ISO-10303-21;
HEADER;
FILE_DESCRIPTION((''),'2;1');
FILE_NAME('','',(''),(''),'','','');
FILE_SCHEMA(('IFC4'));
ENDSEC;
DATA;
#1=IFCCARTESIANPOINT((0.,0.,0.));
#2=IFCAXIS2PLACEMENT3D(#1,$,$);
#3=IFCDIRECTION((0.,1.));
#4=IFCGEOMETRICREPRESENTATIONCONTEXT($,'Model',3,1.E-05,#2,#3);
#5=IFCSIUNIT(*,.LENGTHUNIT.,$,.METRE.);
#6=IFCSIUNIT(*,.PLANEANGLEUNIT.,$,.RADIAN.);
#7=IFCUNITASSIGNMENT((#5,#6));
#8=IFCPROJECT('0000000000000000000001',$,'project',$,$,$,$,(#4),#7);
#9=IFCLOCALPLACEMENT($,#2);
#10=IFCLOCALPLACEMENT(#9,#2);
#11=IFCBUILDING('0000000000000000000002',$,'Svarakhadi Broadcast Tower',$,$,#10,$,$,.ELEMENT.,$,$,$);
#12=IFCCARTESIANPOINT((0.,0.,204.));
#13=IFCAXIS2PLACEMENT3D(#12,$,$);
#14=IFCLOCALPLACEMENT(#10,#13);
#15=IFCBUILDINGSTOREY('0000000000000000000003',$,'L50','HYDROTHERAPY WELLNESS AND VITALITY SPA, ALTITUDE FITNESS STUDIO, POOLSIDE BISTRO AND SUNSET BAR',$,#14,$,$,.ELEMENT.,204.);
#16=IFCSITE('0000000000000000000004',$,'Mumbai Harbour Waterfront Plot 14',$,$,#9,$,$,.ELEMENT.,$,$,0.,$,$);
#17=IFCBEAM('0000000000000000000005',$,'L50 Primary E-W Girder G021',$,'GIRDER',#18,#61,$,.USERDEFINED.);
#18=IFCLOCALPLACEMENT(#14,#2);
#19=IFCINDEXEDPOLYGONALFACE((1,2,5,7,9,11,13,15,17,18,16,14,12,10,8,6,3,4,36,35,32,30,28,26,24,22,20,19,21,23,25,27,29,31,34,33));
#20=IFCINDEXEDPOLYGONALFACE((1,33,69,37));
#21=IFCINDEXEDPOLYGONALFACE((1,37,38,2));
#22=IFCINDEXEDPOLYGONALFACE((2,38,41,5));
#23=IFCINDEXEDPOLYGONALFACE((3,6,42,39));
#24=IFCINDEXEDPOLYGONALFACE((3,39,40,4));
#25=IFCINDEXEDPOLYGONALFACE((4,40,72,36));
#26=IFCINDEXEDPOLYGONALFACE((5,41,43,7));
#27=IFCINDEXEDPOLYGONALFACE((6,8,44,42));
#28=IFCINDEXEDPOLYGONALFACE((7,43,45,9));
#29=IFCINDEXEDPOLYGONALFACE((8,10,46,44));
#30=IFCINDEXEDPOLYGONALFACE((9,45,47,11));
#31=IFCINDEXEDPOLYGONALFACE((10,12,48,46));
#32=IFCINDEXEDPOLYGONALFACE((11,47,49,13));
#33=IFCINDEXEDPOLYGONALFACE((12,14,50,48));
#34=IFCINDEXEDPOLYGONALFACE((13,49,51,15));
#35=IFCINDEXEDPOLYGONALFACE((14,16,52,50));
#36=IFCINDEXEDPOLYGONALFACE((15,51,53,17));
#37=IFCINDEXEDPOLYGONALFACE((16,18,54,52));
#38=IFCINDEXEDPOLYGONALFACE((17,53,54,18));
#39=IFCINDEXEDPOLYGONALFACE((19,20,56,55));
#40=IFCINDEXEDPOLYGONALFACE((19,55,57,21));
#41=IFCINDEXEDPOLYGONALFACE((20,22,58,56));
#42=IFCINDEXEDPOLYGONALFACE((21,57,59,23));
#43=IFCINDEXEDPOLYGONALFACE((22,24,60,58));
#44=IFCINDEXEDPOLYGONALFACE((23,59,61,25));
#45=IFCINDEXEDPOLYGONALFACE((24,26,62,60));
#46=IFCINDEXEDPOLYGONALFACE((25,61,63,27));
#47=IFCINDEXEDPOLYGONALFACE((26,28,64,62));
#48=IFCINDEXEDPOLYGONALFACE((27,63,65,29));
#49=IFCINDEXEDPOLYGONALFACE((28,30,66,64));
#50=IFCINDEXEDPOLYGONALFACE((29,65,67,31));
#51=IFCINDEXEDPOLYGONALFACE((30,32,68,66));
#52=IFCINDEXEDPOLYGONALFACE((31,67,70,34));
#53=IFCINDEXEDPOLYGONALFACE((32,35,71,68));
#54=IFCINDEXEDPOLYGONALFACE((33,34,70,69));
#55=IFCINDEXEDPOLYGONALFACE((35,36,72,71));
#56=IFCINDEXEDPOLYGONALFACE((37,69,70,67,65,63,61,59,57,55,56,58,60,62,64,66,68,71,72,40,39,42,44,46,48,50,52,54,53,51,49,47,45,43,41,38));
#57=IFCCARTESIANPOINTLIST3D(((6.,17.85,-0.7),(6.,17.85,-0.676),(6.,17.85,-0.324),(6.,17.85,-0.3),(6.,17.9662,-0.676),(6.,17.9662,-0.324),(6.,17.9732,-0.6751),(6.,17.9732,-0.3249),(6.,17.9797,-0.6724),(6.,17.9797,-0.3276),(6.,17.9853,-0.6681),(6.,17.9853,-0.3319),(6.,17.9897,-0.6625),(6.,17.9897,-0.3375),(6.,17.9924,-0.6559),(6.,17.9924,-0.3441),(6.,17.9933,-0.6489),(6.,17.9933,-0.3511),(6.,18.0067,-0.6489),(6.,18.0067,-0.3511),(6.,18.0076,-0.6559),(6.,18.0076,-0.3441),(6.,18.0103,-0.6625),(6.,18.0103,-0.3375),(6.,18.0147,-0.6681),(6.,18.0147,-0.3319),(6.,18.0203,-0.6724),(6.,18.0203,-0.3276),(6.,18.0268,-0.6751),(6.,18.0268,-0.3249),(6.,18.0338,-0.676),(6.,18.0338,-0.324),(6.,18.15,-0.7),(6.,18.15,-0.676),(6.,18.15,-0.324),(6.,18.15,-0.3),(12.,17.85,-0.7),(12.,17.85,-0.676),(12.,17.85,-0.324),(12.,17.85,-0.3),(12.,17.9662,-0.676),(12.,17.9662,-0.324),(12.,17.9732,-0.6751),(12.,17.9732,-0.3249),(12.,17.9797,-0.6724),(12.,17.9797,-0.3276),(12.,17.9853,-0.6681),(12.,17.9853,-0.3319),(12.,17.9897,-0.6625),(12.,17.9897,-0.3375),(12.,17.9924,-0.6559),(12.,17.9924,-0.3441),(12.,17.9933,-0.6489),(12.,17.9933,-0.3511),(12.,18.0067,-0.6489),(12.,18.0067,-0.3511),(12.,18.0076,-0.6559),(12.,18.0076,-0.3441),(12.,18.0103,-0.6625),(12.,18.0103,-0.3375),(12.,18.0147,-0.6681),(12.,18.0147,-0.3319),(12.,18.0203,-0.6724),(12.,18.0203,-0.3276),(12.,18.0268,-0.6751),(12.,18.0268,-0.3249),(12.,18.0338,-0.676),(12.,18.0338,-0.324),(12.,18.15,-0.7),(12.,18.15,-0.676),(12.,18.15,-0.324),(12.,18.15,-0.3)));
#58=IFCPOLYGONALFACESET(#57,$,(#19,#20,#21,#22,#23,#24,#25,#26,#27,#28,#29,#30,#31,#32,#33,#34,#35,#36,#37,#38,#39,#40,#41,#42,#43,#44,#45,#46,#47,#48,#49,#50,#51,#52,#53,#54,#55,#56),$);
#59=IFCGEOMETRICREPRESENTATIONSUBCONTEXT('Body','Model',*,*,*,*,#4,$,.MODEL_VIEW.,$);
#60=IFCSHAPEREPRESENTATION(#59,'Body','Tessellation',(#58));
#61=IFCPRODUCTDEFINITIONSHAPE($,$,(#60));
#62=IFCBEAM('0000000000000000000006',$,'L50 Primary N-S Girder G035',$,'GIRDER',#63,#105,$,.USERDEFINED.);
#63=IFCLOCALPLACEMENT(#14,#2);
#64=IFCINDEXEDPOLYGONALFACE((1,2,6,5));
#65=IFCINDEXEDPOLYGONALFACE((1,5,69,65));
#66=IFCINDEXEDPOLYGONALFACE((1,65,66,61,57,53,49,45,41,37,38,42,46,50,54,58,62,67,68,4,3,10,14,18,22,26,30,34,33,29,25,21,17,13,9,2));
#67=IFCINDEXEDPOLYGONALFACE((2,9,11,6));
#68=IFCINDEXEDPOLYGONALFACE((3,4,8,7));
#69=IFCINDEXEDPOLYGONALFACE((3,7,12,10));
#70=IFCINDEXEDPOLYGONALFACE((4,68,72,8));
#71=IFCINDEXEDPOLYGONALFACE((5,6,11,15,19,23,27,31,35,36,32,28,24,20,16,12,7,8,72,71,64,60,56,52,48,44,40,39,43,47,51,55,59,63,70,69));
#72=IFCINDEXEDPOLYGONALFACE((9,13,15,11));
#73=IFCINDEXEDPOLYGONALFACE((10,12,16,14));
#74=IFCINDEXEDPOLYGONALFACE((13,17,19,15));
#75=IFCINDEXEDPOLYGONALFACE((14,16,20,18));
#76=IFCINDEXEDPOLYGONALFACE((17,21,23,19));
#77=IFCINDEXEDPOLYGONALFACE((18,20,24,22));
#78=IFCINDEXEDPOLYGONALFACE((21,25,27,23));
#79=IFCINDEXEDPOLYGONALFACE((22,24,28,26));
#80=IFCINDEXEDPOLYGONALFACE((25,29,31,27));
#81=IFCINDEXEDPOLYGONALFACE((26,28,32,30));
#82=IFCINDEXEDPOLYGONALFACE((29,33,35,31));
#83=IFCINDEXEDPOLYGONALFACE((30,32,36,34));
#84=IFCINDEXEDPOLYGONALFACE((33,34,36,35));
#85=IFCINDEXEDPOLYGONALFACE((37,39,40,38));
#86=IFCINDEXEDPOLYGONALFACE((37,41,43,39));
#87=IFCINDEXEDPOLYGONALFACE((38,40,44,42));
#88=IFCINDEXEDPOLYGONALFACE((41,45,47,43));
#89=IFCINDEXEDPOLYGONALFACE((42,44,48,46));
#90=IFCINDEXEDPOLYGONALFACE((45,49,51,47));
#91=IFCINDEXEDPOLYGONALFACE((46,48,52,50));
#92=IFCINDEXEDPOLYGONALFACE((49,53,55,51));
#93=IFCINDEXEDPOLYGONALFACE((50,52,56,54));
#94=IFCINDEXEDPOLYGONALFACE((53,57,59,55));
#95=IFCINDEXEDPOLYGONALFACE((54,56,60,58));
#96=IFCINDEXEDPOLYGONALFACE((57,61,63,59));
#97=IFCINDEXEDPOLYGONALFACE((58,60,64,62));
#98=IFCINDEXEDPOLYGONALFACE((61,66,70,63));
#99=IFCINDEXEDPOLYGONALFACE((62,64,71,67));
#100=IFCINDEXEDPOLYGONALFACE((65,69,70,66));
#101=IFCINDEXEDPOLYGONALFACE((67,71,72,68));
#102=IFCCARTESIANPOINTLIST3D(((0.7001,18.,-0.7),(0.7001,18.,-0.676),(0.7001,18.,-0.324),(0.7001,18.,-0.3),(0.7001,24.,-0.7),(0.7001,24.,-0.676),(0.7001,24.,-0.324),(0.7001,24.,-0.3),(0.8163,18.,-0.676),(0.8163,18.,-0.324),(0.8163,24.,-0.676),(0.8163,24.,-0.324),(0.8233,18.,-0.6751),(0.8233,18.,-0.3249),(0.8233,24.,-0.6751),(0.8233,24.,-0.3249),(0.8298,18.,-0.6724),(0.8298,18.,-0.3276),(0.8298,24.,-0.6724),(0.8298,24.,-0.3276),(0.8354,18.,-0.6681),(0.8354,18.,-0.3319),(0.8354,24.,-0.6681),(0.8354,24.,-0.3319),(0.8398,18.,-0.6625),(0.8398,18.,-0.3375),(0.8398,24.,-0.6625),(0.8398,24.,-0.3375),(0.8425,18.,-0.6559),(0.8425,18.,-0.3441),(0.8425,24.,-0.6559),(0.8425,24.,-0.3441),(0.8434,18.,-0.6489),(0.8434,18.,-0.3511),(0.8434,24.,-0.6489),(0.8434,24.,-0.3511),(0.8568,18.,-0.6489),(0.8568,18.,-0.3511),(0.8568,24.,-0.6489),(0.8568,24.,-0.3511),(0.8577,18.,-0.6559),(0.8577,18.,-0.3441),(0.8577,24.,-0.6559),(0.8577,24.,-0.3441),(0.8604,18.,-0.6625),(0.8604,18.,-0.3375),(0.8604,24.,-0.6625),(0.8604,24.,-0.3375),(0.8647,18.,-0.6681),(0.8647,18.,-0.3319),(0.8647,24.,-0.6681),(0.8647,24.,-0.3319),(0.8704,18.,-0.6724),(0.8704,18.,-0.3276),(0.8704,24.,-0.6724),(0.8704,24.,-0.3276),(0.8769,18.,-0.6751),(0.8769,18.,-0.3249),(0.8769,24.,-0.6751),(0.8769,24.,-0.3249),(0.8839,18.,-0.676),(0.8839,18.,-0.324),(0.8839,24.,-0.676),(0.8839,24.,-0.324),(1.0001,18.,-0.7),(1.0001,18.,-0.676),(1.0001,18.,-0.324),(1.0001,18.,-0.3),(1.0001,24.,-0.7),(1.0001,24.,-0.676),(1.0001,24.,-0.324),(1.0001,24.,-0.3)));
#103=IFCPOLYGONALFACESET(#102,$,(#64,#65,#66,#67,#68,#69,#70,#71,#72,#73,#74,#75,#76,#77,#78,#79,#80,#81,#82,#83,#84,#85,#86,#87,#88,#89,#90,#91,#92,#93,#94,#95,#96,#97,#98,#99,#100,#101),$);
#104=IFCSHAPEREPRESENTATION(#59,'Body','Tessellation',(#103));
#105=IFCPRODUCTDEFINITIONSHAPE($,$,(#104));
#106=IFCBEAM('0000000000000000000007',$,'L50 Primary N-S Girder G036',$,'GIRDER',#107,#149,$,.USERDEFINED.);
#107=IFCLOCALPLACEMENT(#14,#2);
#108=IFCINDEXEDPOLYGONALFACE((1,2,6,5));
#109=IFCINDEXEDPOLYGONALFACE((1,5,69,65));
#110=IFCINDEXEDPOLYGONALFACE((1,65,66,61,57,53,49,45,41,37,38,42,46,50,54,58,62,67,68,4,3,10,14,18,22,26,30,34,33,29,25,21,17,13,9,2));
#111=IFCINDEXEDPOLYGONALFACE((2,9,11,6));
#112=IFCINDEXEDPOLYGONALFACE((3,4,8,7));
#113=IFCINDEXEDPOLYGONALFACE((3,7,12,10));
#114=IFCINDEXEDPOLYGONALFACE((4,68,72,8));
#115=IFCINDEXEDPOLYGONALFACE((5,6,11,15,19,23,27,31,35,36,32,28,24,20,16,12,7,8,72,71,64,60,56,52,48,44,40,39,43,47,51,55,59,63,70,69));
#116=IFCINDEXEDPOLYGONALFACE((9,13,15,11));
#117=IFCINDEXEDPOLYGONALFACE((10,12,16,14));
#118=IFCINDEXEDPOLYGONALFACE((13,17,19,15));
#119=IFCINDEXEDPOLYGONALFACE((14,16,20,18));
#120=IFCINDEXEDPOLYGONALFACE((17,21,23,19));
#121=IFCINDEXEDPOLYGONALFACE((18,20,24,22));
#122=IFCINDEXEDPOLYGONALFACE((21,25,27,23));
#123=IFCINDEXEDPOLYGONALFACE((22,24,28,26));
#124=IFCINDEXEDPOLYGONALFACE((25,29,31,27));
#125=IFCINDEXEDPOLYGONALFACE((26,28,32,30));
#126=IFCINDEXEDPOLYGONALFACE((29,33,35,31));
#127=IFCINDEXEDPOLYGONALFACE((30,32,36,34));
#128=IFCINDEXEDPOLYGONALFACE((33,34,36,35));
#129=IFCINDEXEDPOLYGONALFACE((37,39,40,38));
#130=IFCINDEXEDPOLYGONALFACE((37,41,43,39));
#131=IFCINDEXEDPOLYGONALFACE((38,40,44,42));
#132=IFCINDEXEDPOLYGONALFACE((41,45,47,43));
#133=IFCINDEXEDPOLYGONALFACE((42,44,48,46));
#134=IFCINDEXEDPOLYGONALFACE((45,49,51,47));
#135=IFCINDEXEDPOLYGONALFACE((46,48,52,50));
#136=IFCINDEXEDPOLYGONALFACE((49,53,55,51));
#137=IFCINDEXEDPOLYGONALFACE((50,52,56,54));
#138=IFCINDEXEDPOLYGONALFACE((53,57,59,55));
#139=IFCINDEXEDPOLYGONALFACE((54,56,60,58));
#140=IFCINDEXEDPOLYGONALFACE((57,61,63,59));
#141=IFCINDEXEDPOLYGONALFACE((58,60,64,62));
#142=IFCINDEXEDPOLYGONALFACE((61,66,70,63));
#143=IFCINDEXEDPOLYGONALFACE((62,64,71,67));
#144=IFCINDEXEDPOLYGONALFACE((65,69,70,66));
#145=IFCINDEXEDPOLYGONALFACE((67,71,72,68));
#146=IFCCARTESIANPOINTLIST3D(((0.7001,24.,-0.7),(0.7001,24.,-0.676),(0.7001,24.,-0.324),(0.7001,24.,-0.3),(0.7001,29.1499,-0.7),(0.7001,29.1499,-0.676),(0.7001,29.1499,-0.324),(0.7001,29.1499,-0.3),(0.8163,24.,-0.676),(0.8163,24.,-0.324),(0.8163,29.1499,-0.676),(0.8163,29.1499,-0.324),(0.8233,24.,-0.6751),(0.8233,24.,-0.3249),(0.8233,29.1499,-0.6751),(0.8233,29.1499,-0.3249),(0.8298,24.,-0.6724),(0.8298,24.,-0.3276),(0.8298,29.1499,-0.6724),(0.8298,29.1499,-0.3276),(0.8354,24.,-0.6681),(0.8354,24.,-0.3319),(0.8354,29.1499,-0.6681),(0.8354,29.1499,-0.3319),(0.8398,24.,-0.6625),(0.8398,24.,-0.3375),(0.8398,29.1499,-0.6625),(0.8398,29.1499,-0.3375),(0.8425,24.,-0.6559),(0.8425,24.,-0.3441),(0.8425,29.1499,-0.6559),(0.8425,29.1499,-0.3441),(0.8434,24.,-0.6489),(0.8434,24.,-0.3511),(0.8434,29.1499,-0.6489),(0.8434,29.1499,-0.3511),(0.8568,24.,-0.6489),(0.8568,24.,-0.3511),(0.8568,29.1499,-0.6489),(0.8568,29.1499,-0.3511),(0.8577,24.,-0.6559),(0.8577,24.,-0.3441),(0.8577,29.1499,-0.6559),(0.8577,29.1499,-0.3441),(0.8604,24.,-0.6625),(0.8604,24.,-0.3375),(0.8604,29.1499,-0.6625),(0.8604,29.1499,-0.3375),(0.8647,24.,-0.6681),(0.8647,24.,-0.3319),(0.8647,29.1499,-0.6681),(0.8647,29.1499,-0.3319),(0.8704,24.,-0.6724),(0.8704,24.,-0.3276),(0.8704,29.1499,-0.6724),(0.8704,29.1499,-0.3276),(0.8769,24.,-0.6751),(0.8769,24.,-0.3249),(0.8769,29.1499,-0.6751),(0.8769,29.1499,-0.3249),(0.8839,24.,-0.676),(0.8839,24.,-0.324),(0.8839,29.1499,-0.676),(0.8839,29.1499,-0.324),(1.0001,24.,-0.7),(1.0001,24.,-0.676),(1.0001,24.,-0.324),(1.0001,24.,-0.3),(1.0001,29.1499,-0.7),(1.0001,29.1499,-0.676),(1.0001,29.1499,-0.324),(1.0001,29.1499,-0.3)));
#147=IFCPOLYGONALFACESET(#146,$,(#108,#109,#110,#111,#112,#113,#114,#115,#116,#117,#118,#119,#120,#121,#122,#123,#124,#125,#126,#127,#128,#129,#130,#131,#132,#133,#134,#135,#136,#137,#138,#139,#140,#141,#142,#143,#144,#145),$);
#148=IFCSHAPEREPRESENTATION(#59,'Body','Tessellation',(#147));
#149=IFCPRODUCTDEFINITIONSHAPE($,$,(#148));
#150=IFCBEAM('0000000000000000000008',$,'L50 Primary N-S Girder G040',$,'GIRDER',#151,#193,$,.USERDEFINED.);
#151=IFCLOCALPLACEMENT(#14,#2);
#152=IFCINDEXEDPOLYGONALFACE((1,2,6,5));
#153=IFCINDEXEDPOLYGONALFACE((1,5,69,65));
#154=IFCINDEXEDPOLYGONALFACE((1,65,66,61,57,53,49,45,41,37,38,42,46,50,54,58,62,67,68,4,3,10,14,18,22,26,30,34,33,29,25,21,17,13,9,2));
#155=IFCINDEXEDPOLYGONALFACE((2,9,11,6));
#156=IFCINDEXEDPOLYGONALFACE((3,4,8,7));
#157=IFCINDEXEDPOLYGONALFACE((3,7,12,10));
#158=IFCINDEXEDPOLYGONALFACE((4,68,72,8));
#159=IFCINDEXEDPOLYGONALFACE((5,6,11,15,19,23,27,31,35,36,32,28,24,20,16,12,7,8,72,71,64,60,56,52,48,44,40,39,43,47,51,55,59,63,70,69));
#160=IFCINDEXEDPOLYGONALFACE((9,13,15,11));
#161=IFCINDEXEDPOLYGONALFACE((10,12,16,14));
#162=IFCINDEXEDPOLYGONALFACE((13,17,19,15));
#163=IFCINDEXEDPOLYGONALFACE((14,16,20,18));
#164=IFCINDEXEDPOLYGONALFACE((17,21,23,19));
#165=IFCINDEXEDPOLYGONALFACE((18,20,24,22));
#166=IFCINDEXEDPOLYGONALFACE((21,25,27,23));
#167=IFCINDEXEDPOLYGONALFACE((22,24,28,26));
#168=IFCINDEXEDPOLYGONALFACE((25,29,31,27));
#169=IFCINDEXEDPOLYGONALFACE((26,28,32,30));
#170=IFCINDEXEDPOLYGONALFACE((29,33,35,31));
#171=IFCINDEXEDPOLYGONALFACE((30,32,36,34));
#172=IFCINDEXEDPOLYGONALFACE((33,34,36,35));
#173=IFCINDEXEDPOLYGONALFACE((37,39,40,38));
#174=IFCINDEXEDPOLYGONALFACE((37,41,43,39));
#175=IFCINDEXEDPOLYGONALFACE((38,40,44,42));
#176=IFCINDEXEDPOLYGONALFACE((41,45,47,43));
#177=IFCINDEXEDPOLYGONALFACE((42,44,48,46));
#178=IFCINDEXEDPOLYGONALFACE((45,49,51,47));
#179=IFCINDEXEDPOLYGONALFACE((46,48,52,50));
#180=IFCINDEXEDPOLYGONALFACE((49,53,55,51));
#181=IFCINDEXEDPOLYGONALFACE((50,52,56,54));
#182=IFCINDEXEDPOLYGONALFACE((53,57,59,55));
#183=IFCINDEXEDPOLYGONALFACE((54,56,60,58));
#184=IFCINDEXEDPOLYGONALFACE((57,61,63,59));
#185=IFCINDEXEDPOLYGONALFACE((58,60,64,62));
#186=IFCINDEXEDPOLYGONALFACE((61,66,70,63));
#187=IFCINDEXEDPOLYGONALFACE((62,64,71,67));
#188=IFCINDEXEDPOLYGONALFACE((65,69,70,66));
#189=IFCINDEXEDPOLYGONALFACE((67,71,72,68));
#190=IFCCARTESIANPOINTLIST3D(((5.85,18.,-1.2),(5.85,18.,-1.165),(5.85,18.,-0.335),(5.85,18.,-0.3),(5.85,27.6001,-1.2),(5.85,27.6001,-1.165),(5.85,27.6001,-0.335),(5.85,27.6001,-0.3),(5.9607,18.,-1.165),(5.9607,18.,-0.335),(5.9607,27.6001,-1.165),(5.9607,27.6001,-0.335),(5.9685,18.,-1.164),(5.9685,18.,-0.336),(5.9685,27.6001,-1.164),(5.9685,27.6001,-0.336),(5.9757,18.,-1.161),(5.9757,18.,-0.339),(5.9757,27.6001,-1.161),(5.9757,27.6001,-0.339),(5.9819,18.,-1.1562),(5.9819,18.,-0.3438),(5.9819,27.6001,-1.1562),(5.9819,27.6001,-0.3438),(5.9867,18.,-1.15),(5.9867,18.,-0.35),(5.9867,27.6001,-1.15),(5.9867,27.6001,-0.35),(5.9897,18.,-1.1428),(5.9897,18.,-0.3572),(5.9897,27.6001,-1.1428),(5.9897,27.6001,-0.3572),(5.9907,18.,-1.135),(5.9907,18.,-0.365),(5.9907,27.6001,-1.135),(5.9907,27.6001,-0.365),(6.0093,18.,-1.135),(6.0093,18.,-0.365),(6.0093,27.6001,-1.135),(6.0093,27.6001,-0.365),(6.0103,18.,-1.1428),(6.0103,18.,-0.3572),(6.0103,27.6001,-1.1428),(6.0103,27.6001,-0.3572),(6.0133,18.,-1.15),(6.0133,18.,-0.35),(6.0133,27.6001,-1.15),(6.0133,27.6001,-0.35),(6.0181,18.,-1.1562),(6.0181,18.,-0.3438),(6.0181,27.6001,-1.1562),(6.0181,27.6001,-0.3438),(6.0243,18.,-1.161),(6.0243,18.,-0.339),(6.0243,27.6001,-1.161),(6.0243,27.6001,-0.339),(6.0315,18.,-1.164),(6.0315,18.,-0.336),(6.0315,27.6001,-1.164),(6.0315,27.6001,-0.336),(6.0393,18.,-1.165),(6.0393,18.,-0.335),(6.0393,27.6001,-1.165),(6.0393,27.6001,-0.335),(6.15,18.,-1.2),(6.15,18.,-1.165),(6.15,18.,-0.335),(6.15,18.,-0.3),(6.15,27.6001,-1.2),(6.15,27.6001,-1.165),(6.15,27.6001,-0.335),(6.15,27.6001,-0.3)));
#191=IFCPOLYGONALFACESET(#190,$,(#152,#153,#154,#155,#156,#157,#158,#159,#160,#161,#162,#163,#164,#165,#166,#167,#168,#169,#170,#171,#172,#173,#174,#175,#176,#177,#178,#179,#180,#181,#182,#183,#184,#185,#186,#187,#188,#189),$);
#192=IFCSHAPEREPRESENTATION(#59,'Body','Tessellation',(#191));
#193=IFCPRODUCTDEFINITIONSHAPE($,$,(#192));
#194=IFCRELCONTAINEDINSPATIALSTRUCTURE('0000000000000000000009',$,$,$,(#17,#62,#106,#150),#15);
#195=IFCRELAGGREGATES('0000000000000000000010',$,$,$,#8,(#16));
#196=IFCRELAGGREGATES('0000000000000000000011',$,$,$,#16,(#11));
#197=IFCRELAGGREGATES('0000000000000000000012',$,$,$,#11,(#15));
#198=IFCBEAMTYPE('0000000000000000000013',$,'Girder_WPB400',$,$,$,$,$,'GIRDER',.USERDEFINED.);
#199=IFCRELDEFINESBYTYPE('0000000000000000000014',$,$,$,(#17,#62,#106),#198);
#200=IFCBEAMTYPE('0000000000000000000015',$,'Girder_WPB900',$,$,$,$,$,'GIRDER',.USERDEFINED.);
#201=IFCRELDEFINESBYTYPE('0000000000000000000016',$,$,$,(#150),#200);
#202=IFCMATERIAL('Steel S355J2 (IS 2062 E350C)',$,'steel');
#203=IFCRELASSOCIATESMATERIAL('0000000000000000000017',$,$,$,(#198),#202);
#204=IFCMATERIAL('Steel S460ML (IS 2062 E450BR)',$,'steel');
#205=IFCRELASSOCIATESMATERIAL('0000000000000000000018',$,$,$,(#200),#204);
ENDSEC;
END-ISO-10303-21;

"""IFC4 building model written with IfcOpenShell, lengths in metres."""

from ifc_helpers import new_model, si_unit, direction, frame, origin, origin_2d, place, context, subcontext, project, spatial, i_section, extrude, material, material_profile, profile_set, type_object, element, save


model = new_model("IFC4")

# Units and contexts
model_context = context("Model", 3, precision=1e-05, world=origin(), true_north=direction((0.0, 1.0)))
body_context = subcontext(model_context, "Body", "Model", "MODEL_VIEW")
ifc_project = project(units=[si_unit("LENGTHUNIT", "METRE"), si_unit("PLANEANGLEUNIT", "RADIAN")], contexts=[model_context])

# Site, building, storey
site_placement = place(None, origin())
site = spatial("IfcSite", under=ifc_project, at=site_placement, Name="Mumbai Harbour Waterfront Plot 14", CompositionType="ELEMENT", RefElevation=0.0)
building_placement = place(site_placement, origin())
building = spatial("IfcBuilding", under=site, at=building_placement, Name="Svarakhadi Broadcast Tower", CompositionType="ELEMENT")
storey_placement = place(building_placement, frame((0.0, 0.0, 204.0)))
storey = spatial("IfcBuildingStorey", under=building, at=storey_placement, Name="L50", Description="HYDROTHERAPY WELLNESS AND VITALITY SPA, ALTITUDE FITNESS STUDIO, POOLSIDE BISTRO AND SUNSET BAR", CompositionType="ELEMENT", Elevation=204.0)

# Shared definitions
ifc_material_1 = material(Name="Steel S460ML (IS 2062 E450BR)", Category="steel")

# Shared definitions
ifc_material_2 = material(Name="Steel S355J2 (IS 2062 E350C)", Category="steel")

# Beams
ifc_material_profile_1 = material_profile(ifc_material_2, i_section(OverallWidth=0.3, OverallDepth=0.3999, WebThickness=0.0134, FlangeThickness=0.0239, FilletRadius=0.0271, at=origin_2d()), Name="WPB 400x300x155")
ifc_profile_set_1 = profile_set([ifc_material_profile_1], Name="Steel S355J2 (IS 2062 E350C)")
beam_type_1 = type_object("IfcBeamType", Name="Girder_WPB400", ElementType="GIRDER", PredefinedType="USERDEFINED", material=ifc_profile_set_1)
for number, where, z_axis, x_axis, name in (
    (1, (6.0, 18.0, -0.5), (1.0, 0.0, 0.0), (0.0, 1.0, 0.0), "L50 Primary E-W Girder G021"),
    (2, (0.8501, 18.0, -0.5), (0.0, 1.0, 0.0), (-1.0, 0.0, 0.0), "L50 Primary N-S Girder G035"),
):
    element("IfcBeam", number, at=place(storey_placement, frame(where, z_axis=z_axis, x_axis=x_axis)), inside=storey, type_object=beam_type_1, Name=name, ObjectType="GIRDER", PredefinedType="USERDEFINED", context=body_context, shape_type="SweptSolid", body=[
        extrude(i_section(OverallWidth=0.3, OverallDepth=0.3999, WebThickness=0.0134, FlangeThickness=0.0239, FilletRadius=0.0271, at=origin_2d()), origin(), (0.0, 0.0, 1.0), 6.0),
    ])
beam_1_placement = place(storey_placement, frame((0.8501, 24.0, -0.5), z_axis=(0.0, 1.0, 0.0), x_axis=(-1.0, 0.0, 0.0)))
element("IfcBeam", 3, at=beam_1_placement, inside=storey, type_object=beam_type_1, Name="L50 Primary N-S Girder G036", ObjectType="GIRDER", PredefinedType="USERDEFINED", context=body_context, shape_type="SweptSolid", body=[
    extrude(i_section(OverallWidth=0.3, OverallDepth=0.3999, WebThickness=0.0134, FlangeThickness=0.0239, FilletRadius=0.0271, at=origin_2d()), origin(), (0.0, 0.0, 1.0), 5.1499),
])
ifc_material_profile_2 = material_profile(ifc_material_1, i_section(OverallWidth=0.3, OverallDepth=0.8999, WebThickness=0.0186, FlangeThickness=0.0349, FilletRadius=0.03, at=origin_2d()), Name="WPB 900x300x291")
ifc_profile_set_2 = profile_set([ifc_material_profile_2], Name="Steel S460ML (IS 2062 E450BR)")
beam_type_2 = type_object("IfcBeamType", Name="Girder_WPB900", ElementType="GIRDER", PredefinedType="USERDEFINED", material=ifc_profile_set_2)
beam_2_placement = place(storey_placement, frame((6.0, 18.0, -0.75), z_axis=(0.0, 1.0, 0.0), x_axis=(-1.0, 0.0, 0.0)))
element("IfcBeam", 4, at=beam_2_placement, inside=storey, type_object=beam_type_2, Name="L50 Primary N-S Girder G040", ObjectType="GIRDER", PredefinedType="USERDEFINED", context=body_context, shape_type="SweptSolid", body=[
    extrude(i_section(OverallWidth=0.3, OverallDepth=0.8999, WebThickness=0.0186, FlangeThickness=0.0349, FilletRadius=0.03, at=origin_2d()), origin(), (0.0, 0.0, 1.0), 9.6001),
])

save(model, "model.ifc")
